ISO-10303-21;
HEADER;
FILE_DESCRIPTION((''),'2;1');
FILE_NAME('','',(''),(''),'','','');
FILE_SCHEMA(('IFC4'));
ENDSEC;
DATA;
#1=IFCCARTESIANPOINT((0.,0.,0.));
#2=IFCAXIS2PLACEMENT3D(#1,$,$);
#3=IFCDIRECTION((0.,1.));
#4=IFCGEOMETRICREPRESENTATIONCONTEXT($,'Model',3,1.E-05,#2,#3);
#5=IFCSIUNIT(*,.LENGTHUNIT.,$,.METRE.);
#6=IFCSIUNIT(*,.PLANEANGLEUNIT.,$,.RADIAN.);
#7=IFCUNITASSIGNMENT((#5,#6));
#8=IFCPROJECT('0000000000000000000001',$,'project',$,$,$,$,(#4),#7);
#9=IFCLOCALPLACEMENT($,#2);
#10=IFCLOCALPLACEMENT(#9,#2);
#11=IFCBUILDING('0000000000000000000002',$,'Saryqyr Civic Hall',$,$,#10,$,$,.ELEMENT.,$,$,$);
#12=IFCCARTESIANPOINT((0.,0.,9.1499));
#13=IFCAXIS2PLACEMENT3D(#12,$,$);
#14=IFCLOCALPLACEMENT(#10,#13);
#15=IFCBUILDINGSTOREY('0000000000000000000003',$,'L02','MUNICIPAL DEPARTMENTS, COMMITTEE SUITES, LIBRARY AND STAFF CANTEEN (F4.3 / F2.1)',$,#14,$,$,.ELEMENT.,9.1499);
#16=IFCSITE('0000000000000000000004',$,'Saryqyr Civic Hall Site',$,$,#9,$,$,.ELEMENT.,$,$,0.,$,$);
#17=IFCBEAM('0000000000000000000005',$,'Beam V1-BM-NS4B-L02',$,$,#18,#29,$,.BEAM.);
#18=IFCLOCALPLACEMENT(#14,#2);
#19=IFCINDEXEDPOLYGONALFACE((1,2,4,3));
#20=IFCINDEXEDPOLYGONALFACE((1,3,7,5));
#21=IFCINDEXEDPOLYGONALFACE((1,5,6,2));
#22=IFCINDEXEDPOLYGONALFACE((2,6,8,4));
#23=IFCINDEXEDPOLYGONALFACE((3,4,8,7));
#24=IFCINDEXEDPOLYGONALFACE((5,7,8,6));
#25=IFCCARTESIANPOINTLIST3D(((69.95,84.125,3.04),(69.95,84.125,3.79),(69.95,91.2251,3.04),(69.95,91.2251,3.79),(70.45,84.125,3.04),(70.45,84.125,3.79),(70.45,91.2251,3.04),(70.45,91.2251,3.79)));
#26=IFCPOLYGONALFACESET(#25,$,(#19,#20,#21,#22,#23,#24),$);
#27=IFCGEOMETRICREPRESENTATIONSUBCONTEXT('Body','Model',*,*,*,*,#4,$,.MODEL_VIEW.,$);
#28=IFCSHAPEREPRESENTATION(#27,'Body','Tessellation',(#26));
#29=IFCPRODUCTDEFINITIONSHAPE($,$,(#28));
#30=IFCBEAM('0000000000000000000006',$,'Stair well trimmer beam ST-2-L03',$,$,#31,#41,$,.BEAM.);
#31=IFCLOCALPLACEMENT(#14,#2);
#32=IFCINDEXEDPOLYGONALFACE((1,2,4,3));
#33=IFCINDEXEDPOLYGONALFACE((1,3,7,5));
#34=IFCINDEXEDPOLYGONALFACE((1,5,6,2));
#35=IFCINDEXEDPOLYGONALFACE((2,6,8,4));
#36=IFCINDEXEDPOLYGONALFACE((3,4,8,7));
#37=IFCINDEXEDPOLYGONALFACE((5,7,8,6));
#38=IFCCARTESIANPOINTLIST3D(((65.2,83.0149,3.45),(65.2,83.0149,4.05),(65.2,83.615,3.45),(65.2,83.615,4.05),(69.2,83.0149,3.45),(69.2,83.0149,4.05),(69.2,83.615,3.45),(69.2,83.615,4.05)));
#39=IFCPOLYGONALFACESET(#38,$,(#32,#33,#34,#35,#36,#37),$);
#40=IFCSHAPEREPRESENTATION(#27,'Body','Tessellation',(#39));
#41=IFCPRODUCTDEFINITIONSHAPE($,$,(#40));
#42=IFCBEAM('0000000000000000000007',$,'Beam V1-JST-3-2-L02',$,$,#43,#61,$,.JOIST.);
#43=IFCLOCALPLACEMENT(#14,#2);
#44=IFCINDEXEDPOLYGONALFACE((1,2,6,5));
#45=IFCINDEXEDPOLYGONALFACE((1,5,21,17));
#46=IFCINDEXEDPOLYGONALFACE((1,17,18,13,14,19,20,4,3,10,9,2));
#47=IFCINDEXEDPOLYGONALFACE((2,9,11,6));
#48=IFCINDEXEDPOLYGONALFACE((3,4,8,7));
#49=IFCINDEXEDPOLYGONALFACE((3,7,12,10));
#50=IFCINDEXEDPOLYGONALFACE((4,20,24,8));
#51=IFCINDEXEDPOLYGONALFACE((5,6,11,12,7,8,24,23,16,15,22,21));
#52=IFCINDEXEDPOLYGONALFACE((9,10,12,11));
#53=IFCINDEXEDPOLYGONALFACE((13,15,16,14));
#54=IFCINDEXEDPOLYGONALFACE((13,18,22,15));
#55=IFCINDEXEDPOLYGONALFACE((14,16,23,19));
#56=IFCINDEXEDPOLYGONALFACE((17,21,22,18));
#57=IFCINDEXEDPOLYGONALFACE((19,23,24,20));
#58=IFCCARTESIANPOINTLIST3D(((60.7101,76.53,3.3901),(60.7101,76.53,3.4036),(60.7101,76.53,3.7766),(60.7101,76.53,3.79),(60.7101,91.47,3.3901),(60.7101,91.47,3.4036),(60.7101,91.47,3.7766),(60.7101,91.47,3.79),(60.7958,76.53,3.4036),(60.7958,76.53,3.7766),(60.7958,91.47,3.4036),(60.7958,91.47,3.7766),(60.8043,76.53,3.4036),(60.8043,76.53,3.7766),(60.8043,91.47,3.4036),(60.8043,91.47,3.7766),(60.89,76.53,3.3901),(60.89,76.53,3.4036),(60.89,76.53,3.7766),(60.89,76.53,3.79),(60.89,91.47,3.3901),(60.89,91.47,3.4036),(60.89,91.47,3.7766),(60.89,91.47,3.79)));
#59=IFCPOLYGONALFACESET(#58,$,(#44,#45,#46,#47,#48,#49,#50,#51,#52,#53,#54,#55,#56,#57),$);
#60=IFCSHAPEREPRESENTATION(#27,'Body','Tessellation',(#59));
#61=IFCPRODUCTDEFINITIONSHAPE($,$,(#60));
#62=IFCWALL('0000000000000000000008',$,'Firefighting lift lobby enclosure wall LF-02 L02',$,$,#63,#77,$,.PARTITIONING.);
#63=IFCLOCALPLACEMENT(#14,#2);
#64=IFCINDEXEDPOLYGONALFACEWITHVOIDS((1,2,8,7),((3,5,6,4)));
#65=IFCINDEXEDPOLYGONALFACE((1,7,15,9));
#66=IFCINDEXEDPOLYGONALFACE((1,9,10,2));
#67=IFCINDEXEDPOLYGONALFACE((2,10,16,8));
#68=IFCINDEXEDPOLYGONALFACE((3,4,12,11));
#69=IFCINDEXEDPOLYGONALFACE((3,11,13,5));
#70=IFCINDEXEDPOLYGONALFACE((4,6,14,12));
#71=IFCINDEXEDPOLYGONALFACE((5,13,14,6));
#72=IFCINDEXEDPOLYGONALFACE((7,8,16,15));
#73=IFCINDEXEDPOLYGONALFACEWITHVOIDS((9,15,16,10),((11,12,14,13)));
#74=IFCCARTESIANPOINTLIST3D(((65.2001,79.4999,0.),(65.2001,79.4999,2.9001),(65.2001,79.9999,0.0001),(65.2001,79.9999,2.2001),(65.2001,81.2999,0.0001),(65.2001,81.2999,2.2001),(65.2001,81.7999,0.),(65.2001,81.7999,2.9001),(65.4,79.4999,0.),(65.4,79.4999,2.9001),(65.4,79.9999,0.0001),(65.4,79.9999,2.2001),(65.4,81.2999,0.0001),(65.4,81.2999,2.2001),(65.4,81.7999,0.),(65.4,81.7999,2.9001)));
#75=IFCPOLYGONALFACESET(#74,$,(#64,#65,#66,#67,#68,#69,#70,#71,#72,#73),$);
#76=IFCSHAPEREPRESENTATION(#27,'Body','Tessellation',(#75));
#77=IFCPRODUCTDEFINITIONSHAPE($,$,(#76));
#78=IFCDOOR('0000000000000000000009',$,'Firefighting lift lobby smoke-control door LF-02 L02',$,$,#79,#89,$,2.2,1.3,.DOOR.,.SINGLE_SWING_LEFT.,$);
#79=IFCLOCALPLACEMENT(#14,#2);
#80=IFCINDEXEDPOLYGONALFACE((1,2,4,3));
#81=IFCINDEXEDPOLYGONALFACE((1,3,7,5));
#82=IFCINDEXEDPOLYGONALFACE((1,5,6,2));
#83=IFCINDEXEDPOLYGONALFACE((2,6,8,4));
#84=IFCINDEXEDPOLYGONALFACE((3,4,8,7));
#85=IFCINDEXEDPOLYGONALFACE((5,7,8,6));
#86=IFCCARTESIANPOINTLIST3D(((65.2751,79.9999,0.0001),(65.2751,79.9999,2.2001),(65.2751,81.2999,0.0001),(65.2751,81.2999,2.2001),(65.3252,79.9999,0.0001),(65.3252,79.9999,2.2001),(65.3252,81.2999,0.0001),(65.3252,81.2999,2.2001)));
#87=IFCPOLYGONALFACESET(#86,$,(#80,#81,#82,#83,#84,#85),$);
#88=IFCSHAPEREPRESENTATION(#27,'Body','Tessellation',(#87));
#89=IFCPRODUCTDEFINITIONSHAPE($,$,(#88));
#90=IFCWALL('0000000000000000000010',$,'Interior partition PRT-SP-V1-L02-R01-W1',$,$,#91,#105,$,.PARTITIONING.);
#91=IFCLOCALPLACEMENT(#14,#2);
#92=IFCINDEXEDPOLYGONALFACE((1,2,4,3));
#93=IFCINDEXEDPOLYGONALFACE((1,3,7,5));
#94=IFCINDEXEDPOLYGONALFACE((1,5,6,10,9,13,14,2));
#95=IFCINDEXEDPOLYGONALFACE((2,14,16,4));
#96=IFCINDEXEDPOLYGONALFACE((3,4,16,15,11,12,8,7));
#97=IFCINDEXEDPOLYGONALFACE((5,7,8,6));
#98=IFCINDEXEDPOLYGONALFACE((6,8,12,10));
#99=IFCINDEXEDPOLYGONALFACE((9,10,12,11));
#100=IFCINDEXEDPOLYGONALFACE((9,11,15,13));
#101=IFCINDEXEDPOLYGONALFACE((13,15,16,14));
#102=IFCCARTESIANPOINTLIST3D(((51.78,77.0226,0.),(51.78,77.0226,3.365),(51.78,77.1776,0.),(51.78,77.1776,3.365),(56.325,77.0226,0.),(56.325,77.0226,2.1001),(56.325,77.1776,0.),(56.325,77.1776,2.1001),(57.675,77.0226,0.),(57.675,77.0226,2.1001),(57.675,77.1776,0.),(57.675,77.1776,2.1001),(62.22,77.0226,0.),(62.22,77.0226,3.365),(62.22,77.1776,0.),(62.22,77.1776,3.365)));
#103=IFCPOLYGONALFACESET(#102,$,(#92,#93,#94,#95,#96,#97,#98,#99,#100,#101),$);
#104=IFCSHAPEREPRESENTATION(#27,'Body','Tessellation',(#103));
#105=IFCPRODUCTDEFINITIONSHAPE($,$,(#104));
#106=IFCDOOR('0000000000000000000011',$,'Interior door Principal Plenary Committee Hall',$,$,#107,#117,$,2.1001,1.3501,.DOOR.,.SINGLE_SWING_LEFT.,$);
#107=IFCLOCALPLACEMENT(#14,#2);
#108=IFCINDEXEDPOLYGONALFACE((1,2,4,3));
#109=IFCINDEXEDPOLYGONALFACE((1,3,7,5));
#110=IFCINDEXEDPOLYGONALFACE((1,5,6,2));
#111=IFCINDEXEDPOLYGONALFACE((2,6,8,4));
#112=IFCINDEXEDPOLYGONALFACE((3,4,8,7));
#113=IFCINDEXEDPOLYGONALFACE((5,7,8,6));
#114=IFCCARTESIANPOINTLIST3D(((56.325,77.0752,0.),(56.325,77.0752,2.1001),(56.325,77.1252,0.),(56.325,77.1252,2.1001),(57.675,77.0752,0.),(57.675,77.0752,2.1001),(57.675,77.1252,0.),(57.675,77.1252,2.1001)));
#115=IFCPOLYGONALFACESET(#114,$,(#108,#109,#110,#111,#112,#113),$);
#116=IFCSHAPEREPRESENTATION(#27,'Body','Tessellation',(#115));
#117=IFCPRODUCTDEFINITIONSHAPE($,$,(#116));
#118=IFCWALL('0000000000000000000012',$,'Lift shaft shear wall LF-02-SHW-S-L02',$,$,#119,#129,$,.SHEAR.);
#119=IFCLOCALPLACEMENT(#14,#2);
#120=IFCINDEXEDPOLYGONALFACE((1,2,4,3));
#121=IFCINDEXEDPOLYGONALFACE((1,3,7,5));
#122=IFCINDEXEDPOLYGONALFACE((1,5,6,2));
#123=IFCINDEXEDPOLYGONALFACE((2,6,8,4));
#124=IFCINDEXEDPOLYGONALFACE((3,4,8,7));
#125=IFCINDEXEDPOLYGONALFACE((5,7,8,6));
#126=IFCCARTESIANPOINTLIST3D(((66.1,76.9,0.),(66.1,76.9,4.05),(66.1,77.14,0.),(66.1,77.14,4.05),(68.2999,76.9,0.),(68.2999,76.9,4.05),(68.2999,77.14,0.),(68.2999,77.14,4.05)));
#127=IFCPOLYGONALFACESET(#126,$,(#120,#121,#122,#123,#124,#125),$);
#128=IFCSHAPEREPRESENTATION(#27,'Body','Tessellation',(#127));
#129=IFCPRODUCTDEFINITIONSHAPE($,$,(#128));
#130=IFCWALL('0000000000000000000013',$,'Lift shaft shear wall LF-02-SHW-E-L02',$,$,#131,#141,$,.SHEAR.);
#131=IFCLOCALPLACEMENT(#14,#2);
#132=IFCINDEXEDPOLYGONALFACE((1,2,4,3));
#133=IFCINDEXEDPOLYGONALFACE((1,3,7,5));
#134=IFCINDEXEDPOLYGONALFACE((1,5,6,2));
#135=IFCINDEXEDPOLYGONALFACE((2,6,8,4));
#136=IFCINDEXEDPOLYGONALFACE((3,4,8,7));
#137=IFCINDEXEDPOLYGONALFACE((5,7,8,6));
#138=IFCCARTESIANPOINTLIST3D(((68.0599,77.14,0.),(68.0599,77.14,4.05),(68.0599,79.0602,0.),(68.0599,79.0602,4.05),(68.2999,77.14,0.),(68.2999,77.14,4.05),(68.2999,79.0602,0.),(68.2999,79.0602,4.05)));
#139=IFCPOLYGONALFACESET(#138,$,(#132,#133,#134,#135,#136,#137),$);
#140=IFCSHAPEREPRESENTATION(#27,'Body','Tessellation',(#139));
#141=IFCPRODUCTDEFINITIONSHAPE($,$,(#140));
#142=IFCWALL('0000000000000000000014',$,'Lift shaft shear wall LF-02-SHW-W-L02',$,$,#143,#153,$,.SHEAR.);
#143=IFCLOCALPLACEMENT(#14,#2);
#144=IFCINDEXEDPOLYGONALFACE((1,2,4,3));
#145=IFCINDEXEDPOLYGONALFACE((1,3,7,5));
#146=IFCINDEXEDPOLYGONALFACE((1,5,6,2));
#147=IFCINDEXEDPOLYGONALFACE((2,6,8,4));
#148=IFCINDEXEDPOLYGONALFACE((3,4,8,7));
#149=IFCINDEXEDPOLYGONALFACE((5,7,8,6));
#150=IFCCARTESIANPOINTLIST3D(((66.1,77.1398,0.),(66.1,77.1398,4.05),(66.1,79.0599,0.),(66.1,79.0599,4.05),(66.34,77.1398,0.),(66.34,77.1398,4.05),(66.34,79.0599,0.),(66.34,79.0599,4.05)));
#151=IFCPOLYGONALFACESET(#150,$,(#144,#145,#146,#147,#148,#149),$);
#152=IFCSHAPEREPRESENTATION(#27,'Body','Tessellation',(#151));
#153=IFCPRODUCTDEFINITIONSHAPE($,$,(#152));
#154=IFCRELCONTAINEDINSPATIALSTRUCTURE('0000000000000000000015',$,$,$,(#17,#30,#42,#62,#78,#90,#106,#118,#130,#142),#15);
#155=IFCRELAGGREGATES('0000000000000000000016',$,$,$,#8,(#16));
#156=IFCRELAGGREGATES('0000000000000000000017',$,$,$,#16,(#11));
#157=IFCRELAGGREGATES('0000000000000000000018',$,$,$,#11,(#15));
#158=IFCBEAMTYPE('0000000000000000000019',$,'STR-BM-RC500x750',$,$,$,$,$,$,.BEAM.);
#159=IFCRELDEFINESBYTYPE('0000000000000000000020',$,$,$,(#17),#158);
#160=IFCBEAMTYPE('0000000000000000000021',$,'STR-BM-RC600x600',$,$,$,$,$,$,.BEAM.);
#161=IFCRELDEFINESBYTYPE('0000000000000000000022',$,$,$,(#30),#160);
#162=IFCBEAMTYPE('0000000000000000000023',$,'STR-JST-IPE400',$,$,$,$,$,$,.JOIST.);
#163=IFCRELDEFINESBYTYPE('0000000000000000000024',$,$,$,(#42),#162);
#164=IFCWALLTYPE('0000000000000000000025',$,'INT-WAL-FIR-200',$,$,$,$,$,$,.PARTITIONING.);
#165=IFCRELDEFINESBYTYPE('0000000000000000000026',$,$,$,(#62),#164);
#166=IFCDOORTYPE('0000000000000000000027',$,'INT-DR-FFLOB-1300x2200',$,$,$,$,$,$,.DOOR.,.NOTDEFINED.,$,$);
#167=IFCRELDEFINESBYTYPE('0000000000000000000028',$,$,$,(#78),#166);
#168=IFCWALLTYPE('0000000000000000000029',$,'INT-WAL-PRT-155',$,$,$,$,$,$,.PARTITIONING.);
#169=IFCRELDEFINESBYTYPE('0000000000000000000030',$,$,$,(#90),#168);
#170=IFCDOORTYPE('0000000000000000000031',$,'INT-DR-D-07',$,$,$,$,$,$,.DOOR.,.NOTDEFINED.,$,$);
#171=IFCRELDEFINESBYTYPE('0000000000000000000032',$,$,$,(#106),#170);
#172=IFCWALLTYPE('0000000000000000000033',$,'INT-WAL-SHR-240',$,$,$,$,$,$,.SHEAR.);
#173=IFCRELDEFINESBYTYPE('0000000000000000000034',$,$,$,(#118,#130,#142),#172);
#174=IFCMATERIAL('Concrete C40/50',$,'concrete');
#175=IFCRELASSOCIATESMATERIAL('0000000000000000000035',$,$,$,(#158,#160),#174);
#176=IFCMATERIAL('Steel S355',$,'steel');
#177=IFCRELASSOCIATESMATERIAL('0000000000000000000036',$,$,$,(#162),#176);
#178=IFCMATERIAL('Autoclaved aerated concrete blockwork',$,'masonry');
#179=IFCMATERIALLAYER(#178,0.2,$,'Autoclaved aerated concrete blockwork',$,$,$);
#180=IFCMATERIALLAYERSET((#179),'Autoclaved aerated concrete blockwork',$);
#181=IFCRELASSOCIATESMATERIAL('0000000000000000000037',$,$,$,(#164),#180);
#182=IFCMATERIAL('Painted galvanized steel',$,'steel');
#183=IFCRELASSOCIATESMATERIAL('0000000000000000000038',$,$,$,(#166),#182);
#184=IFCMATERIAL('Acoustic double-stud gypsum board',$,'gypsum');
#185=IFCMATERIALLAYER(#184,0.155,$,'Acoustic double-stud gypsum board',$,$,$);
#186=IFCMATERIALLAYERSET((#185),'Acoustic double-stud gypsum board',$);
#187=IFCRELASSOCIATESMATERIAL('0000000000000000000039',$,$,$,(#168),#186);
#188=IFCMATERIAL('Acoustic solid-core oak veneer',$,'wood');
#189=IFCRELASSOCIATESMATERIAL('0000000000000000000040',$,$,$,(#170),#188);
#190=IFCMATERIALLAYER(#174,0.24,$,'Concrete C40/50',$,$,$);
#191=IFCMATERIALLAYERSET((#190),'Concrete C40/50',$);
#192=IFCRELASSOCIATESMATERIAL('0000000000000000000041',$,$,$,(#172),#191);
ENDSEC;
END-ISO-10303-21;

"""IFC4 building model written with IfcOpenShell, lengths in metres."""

from ifc_helpers import new_model, si_unit, direction, frame, frame_2d, origin, origin_2d, place, context, subcontext, project, spatial, rectangle, i_section, extrude, material, layer, layer_set, material_profile, profile_set, type_object, element, fill, save


model = new_model("IFC4")

# Units and contexts
model_context = context("Model", 3, precision=1e-05, world=origin(), true_north=direction((0.0, 1.0)))
body_context = subcontext(model_context, "Body", "Model", "MODEL_VIEW")
ifc_project = project(units=[si_unit("LENGTHUNIT", "METRE"), si_unit("PLANEANGLEUNIT", "RADIAN")], contexts=[model_context])

# Site, building, storey
site_placement = place(None, origin())
site = spatial("IfcSite", under=ifc_project, at=site_placement, Name="Saryqyr Civic Hall Site", CompositionType="ELEMENT", RefElevation=0.0)
building_placement = place(site_placement, origin())
building = spatial("IfcBuilding", under=site, at=building_placement, Name="Saryqyr Civic Hall", CompositionType="ELEMENT")
storey_placement = place(building_placement, frame((0.0, 0.0, 9.1499)))
storey = spatial("IfcBuildingStorey", under=building, at=storey_placement, Name="L02", Description="MUNICIPAL DEPARTMENTS, COMMITTEE SUITES, LIBRARY AND STAFF CANTEEN (F4.3 / F2.1)", CompositionType="ELEMENT", Elevation=9.1499)

# Shared definitions
ifc_material_1 = material(Name="Steel S355", Category="steel")
ifc_material_2 = material(Name="Concrete C40/50", Category="concrete")

# Beams
ifc_material_profile_1 = material_profile(ifc_material_2, rectangle(XDim=0.5, YDim=0.75, at=origin_2d()), Name="RC 500x750")
ifc_profile_set_1 = profile_set([ifc_material_profile_1], Name="Concrete C40/50")
beam_type_1 = type_object("IfcBeamType", Name="STR-BM-RC500x750", PredefinedType="BEAM", material=ifc_profile_set_1)
for number, where, z_axis, x_axis, name in (
    (1, (70.2, 84.125, 3.415), (0.0, 1.0, 0.0), (-1.0, 0.0, 0.0), "Beam V1-BM-NS4B-L02"),
):
    element("IfcBeam", number, at=place(storey_placement, frame(where, z_axis=z_axis, x_axis=x_axis)), inside=storey, type_object=beam_type_1, Name=name, PredefinedType="BEAM", context=body_context, shape_type="SweptSolid", body=[
        extrude(rectangle(XDim=0.5, YDim=0.75, at=origin_2d()), origin(), (0.0, 0.0, 1.0), 7.1001),
    ])
ifc_material_profile_2 = material_profile(ifc_material_2, rectangle(XDim=0.6001, YDim=0.6001, at=origin_2d()), Name="RC 600x600")
ifc_profile_set_2 = profile_set([ifc_material_profile_2], Name="Concrete C40/50")
beam_type_2 = type_object("IfcBeamType", Name="STR-BM-RC600x600", PredefinedType="BEAM", material=ifc_profile_set_2)
beam_1_placement = place(storey_placement, frame((69.2, 83.3149, 3.75), z_axis=(-1.0, 0.0, 0.0), x_axis=(0.0, -1.0, 0.0)))
element("IfcBeam", 2, at=beam_1_placement, inside=storey, type_object=beam_type_2, Name="Stair well trimmer beam ST-2-L03", PredefinedType="BEAM", context=body_context, shape_type="SweptSolid", body=[
    extrude(rectangle(XDim=0.6001, YDim=0.6001, at=origin_2d()), origin(), (0.0, 0.0, 1.0), 4.0),
])
ifc_material_profile_3 = material_profile(ifc_material_1, i_section(OverallWidth=0.1799, OverallDepth=0.3999, WebThickness=0.0085, FlangeThickness=0.0134, at=origin_2d()), Name="IPE 400")
ifc_profile_set_3 = profile_set([ifc_material_profile_3], Name="Steel S355")
beam_type_3 = type_object("IfcBeamType", Name="STR-JST-IPE400", PredefinedType="JOIST", material=ifc_profile_set_3)
beam_2_placement = place(storey_placement, frame((60.8, 76.53, 3.5901), z_axis=(0.0, 1.0, 0.0), x_axis=(-1.0, 0.0, 0.0)))
element("IfcBeam", 3, at=beam_2_placement, inside=storey, type_object=beam_type_3, Name="Beam V1-JST-3-2-L02", PredefinedType="JOIST", context=body_context, shape_type="SweptSolid", body=[
    extrude(i_section(OverallWidth=0.1799, OverallDepth=0.3999, WebThickness=0.0085, FlangeThickness=0.0134, at=origin_2d()), origin(), (0.0, 0.0, 1.0), 14.9399),
])

# Walls, openings, doors
ifc_material_3 = material(Name="Autoclaved aerated concrete blockwork", Category="masonry")
ifc_layer_1 = layer(ifc_material_3, 0.2, Name="Autoclaved aerated concrete blockwork")
ifc_layer_set_1 = layer_set([ifc_layer_1], Name="Autoclaved aerated concrete blockwork")
wall_type_1 = type_object("IfcWallType", Name="INT-WAL-FIR-200", PredefinedType="PARTITIONING", material=ifc_layer_set_1)
wall_1_placement = place(storey_placement, frame((65.3, 79.5, 0.0), z_axis=(0.0, 0.0, 1.0), x_axis=(0.0, 1.0, 0.0)))
wall_1 = element("IfcWall", 4, at=wall_1_placement, inside=storey, type_object=wall_type_1, Name="Firefighting lift lobby enclosure wall LF-02 L02", PredefinedType="PARTITIONING", context=body_context, shape_type="SweptSolid", body=[
    extrude(rectangle(XDim=2.3, YDim=0.2, at=frame_2d((1.1499, 0.0))), origin(), (0.0, 0.0, 1.0), 2.9001),
])
opening_1_placement = place(wall_1_placement, frame((0.5, 0.0, 0.0)))
opening_1 = element("IfcOpeningElement", 5, at=opening_1_placement, cuts=wall_1, PredefinedType="OPENING", context=body_context, shape_type="SweptSolid", body=[
    extrude(rectangle(XDim=1.3, YDim=2.2, at=frame_2d((0.6499, 1.1001))), frame((0.0, 0.1099, 0.0), z_axis=(0.0, -1.0, 0.0), x_axis=(1.0, 0.0, 0.0)), (0.0, 0.0, 1.0), 0.22),
])
ifc_material_4 = material(Name="Painted galvanized steel", Category="steel")
door_type_1 = type_object("IfcDoorType", Name="INT-DR-FFLOB-1300x2200", OperationType="NOTDEFINED", PredefinedType="DOOR", material=ifc_material_4)
door_1_placement = place(opening_1_placement, origin())
door_1 = element("IfcDoor", 6, at=door_1_placement, inside=storey, type_object=door_type_1, Name="Firefighting lift lobby smoke-control door LF-02 L02", OperationType="SINGLE_SWING_LEFT", OverallHeight=2.2, OverallWidth=1.3, PredefinedType="DOOR", context=body_context, shape_type="SweptSolid", body=[
    extrude(rectangle(XDim=1.3, YDim=2.2, at=frame_2d((0.6499, 1.1001))), frame((0.0, 0.0249, 0.0), z_axis=(0.0, -1.0, 0.0), x_axis=(1.0, 0.0, 0.0)), (0.0, 0.0, 1.0), 0.05),
])
fill(opening_1, door_1)
ifc_material_5 = material(Name="Acoustic double-stud gypsum board", Category="gypsum")
ifc_layer_2 = layer(ifc_material_5, 0.155, Name="Acoustic double-stud gypsum board")
ifc_layer_set_2 = layer_set([ifc_layer_2], Name="Acoustic double-stud gypsum board")
wall_type_2 = type_object("IfcWallType", Name="INT-WAL-PRT-155", PredefinedType="PARTITIONING", material=ifc_layer_set_2)
wall_2_placement = place(storey_placement, frame((62.22, 77.1001, 0.0), z_axis=(0.0, 0.0, 1.0), x_axis=(-1.0, 0.0, 0.0)))
wall_2 = element("IfcWall", 7, at=wall_2_placement, inside=storey, type_object=wall_type_2, Name="Interior partition PRT-SP-V1-L02-R01-W1", PredefinedType="PARTITIONING", context=body_context, shape_type="SweptSolid", body=[
    extrude(rectangle(XDim=10.4399, YDim=0.155, at=frame_2d((5.22, 0.0))), origin(), (0.0, 0.0, 1.0), 3.365),
])
opening_2_placement = place(wall_2_placement, frame((4.5449, 0.0, 0.0)))
opening_2 = element("IfcOpeningElement", 8, at=opening_2_placement, cuts=wall_2, PredefinedType="OPENING", context=body_context, shape_type="SweptSolid", body=[
    extrude(rectangle(XDim=1.3501, YDim=2.1001, at=frame_2d((0.675, 1.05))), frame((0.0, 0.0874, 0.0), z_axis=(0.0, -1.0, 0.0), x_axis=(1.0, 0.0, 0.0)), (0.0, 0.0, 1.0), 0.175),
])
ifc_material_6 = material(Name="Acoustic solid-core oak veneer", Category="wood")
door_type_2 = type_object("IfcDoorType", Name="INT-DR-D-07", OperationType="NOTDEFINED", PredefinedType="DOOR", material=ifc_material_6)
door_2_placement = place(opening_2_placement, origin())
door_2 = element("IfcDoor", 9, at=door_2_placement, inside=storey, type_object=door_type_2, Name="Interior door Principal Plenary Committee Hall", OperationType="SINGLE_SWING_LEFT", OverallHeight=2.1001, OverallWidth=1.3501, PredefinedType="DOOR", context=body_context, shape_type="SweptSolid", body=[
    extrude(rectangle(XDim=1.3501, YDim=2.1001, at=frame_2d((0.675, 1.05))), frame((0.0, 0.0249, 0.0), z_axis=(0.0, -1.0, 0.0), x_axis=(1.0, 0.0, 0.0)), (0.0, 0.0, 1.0), 0.05),
])
fill(opening_2, door_2)

# Walls
ifc_layer_3 = layer(ifc_material_2, 0.24, Name="Concrete C40/50")
ifc_layer_set_3 = layer_set([ifc_layer_3], Name="Concrete C40/50")
wall_type_3 = type_object("IfcWallType", Name="INT-WAL-SHR-240", PredefinedType="SHEAR", material=ifc_layer_set_3)
wall_3_placement = place(storey_placement, frame((68.3, 77.02, 0.0), z_axis=(0.0, 0.0, 1.0), x_axis=(-1.0, 0.0, 0.0)))
element("IfcWall", 10, at=wall_3_placement, inside=storey, type_object=wall_type_3, Name="Lift shaft shear wall LF-02-SHW-S-L02", PredefinedType="SHEAR", context=body_context, shape_type="SweptSolid", body=[
    extrude(rectangle(XDim=2.2, YDim=0.24, at=frame_2d((1.1001, 0.0))), origin(), (0.0, 0.0, 1.0), 4.05),
])
wall_4_placement = place(storey_placement, frame((68.1799, 79.0601, 0.0), z_axis=(0.0, 0.0, 1.0), x_axis=(0.0, -1.0, 0.0)))
element("IfcWall", 11, at=wall_4_placement, inside=storey, type_object=wall_type_3, Name="Lift shaft shear wall LF-02-SHW-E-L02", PredefinedType="SHEAR", context=body_context, shape_type="SweptSolid", body=[
    extrude(rectangle(XDim=1.9202, YDim=0.24, at=frame_2d((0.96, 0.0))), origin(), (0.0, 0.0, 1.0), 4.05),
])

# Wall
wall_5_placement = place(storey_placement, frame((66.22, 77.1399, 0.0), z_axis=(0.0, 0.0, 1.0), x_axis=(0.0, 1.0, 0.0)))
element("IfcWall", 12, at=wall_5_placement, inside=storey, type_object=wall_type_3, Name="Lift shaft shear wall LF-02-SHW-W-L02", PredefinedType="SHEAR", context=body_context, shape_type="SweptSolid", body=[
    extrude(rectangle(XDim=1.9202, YDim=0.24, at=frame_2d((0.96, 0.0))), origin(), (0.0, 0.0, 1.0), 4.05),
])

save(model, "model.ifc")
